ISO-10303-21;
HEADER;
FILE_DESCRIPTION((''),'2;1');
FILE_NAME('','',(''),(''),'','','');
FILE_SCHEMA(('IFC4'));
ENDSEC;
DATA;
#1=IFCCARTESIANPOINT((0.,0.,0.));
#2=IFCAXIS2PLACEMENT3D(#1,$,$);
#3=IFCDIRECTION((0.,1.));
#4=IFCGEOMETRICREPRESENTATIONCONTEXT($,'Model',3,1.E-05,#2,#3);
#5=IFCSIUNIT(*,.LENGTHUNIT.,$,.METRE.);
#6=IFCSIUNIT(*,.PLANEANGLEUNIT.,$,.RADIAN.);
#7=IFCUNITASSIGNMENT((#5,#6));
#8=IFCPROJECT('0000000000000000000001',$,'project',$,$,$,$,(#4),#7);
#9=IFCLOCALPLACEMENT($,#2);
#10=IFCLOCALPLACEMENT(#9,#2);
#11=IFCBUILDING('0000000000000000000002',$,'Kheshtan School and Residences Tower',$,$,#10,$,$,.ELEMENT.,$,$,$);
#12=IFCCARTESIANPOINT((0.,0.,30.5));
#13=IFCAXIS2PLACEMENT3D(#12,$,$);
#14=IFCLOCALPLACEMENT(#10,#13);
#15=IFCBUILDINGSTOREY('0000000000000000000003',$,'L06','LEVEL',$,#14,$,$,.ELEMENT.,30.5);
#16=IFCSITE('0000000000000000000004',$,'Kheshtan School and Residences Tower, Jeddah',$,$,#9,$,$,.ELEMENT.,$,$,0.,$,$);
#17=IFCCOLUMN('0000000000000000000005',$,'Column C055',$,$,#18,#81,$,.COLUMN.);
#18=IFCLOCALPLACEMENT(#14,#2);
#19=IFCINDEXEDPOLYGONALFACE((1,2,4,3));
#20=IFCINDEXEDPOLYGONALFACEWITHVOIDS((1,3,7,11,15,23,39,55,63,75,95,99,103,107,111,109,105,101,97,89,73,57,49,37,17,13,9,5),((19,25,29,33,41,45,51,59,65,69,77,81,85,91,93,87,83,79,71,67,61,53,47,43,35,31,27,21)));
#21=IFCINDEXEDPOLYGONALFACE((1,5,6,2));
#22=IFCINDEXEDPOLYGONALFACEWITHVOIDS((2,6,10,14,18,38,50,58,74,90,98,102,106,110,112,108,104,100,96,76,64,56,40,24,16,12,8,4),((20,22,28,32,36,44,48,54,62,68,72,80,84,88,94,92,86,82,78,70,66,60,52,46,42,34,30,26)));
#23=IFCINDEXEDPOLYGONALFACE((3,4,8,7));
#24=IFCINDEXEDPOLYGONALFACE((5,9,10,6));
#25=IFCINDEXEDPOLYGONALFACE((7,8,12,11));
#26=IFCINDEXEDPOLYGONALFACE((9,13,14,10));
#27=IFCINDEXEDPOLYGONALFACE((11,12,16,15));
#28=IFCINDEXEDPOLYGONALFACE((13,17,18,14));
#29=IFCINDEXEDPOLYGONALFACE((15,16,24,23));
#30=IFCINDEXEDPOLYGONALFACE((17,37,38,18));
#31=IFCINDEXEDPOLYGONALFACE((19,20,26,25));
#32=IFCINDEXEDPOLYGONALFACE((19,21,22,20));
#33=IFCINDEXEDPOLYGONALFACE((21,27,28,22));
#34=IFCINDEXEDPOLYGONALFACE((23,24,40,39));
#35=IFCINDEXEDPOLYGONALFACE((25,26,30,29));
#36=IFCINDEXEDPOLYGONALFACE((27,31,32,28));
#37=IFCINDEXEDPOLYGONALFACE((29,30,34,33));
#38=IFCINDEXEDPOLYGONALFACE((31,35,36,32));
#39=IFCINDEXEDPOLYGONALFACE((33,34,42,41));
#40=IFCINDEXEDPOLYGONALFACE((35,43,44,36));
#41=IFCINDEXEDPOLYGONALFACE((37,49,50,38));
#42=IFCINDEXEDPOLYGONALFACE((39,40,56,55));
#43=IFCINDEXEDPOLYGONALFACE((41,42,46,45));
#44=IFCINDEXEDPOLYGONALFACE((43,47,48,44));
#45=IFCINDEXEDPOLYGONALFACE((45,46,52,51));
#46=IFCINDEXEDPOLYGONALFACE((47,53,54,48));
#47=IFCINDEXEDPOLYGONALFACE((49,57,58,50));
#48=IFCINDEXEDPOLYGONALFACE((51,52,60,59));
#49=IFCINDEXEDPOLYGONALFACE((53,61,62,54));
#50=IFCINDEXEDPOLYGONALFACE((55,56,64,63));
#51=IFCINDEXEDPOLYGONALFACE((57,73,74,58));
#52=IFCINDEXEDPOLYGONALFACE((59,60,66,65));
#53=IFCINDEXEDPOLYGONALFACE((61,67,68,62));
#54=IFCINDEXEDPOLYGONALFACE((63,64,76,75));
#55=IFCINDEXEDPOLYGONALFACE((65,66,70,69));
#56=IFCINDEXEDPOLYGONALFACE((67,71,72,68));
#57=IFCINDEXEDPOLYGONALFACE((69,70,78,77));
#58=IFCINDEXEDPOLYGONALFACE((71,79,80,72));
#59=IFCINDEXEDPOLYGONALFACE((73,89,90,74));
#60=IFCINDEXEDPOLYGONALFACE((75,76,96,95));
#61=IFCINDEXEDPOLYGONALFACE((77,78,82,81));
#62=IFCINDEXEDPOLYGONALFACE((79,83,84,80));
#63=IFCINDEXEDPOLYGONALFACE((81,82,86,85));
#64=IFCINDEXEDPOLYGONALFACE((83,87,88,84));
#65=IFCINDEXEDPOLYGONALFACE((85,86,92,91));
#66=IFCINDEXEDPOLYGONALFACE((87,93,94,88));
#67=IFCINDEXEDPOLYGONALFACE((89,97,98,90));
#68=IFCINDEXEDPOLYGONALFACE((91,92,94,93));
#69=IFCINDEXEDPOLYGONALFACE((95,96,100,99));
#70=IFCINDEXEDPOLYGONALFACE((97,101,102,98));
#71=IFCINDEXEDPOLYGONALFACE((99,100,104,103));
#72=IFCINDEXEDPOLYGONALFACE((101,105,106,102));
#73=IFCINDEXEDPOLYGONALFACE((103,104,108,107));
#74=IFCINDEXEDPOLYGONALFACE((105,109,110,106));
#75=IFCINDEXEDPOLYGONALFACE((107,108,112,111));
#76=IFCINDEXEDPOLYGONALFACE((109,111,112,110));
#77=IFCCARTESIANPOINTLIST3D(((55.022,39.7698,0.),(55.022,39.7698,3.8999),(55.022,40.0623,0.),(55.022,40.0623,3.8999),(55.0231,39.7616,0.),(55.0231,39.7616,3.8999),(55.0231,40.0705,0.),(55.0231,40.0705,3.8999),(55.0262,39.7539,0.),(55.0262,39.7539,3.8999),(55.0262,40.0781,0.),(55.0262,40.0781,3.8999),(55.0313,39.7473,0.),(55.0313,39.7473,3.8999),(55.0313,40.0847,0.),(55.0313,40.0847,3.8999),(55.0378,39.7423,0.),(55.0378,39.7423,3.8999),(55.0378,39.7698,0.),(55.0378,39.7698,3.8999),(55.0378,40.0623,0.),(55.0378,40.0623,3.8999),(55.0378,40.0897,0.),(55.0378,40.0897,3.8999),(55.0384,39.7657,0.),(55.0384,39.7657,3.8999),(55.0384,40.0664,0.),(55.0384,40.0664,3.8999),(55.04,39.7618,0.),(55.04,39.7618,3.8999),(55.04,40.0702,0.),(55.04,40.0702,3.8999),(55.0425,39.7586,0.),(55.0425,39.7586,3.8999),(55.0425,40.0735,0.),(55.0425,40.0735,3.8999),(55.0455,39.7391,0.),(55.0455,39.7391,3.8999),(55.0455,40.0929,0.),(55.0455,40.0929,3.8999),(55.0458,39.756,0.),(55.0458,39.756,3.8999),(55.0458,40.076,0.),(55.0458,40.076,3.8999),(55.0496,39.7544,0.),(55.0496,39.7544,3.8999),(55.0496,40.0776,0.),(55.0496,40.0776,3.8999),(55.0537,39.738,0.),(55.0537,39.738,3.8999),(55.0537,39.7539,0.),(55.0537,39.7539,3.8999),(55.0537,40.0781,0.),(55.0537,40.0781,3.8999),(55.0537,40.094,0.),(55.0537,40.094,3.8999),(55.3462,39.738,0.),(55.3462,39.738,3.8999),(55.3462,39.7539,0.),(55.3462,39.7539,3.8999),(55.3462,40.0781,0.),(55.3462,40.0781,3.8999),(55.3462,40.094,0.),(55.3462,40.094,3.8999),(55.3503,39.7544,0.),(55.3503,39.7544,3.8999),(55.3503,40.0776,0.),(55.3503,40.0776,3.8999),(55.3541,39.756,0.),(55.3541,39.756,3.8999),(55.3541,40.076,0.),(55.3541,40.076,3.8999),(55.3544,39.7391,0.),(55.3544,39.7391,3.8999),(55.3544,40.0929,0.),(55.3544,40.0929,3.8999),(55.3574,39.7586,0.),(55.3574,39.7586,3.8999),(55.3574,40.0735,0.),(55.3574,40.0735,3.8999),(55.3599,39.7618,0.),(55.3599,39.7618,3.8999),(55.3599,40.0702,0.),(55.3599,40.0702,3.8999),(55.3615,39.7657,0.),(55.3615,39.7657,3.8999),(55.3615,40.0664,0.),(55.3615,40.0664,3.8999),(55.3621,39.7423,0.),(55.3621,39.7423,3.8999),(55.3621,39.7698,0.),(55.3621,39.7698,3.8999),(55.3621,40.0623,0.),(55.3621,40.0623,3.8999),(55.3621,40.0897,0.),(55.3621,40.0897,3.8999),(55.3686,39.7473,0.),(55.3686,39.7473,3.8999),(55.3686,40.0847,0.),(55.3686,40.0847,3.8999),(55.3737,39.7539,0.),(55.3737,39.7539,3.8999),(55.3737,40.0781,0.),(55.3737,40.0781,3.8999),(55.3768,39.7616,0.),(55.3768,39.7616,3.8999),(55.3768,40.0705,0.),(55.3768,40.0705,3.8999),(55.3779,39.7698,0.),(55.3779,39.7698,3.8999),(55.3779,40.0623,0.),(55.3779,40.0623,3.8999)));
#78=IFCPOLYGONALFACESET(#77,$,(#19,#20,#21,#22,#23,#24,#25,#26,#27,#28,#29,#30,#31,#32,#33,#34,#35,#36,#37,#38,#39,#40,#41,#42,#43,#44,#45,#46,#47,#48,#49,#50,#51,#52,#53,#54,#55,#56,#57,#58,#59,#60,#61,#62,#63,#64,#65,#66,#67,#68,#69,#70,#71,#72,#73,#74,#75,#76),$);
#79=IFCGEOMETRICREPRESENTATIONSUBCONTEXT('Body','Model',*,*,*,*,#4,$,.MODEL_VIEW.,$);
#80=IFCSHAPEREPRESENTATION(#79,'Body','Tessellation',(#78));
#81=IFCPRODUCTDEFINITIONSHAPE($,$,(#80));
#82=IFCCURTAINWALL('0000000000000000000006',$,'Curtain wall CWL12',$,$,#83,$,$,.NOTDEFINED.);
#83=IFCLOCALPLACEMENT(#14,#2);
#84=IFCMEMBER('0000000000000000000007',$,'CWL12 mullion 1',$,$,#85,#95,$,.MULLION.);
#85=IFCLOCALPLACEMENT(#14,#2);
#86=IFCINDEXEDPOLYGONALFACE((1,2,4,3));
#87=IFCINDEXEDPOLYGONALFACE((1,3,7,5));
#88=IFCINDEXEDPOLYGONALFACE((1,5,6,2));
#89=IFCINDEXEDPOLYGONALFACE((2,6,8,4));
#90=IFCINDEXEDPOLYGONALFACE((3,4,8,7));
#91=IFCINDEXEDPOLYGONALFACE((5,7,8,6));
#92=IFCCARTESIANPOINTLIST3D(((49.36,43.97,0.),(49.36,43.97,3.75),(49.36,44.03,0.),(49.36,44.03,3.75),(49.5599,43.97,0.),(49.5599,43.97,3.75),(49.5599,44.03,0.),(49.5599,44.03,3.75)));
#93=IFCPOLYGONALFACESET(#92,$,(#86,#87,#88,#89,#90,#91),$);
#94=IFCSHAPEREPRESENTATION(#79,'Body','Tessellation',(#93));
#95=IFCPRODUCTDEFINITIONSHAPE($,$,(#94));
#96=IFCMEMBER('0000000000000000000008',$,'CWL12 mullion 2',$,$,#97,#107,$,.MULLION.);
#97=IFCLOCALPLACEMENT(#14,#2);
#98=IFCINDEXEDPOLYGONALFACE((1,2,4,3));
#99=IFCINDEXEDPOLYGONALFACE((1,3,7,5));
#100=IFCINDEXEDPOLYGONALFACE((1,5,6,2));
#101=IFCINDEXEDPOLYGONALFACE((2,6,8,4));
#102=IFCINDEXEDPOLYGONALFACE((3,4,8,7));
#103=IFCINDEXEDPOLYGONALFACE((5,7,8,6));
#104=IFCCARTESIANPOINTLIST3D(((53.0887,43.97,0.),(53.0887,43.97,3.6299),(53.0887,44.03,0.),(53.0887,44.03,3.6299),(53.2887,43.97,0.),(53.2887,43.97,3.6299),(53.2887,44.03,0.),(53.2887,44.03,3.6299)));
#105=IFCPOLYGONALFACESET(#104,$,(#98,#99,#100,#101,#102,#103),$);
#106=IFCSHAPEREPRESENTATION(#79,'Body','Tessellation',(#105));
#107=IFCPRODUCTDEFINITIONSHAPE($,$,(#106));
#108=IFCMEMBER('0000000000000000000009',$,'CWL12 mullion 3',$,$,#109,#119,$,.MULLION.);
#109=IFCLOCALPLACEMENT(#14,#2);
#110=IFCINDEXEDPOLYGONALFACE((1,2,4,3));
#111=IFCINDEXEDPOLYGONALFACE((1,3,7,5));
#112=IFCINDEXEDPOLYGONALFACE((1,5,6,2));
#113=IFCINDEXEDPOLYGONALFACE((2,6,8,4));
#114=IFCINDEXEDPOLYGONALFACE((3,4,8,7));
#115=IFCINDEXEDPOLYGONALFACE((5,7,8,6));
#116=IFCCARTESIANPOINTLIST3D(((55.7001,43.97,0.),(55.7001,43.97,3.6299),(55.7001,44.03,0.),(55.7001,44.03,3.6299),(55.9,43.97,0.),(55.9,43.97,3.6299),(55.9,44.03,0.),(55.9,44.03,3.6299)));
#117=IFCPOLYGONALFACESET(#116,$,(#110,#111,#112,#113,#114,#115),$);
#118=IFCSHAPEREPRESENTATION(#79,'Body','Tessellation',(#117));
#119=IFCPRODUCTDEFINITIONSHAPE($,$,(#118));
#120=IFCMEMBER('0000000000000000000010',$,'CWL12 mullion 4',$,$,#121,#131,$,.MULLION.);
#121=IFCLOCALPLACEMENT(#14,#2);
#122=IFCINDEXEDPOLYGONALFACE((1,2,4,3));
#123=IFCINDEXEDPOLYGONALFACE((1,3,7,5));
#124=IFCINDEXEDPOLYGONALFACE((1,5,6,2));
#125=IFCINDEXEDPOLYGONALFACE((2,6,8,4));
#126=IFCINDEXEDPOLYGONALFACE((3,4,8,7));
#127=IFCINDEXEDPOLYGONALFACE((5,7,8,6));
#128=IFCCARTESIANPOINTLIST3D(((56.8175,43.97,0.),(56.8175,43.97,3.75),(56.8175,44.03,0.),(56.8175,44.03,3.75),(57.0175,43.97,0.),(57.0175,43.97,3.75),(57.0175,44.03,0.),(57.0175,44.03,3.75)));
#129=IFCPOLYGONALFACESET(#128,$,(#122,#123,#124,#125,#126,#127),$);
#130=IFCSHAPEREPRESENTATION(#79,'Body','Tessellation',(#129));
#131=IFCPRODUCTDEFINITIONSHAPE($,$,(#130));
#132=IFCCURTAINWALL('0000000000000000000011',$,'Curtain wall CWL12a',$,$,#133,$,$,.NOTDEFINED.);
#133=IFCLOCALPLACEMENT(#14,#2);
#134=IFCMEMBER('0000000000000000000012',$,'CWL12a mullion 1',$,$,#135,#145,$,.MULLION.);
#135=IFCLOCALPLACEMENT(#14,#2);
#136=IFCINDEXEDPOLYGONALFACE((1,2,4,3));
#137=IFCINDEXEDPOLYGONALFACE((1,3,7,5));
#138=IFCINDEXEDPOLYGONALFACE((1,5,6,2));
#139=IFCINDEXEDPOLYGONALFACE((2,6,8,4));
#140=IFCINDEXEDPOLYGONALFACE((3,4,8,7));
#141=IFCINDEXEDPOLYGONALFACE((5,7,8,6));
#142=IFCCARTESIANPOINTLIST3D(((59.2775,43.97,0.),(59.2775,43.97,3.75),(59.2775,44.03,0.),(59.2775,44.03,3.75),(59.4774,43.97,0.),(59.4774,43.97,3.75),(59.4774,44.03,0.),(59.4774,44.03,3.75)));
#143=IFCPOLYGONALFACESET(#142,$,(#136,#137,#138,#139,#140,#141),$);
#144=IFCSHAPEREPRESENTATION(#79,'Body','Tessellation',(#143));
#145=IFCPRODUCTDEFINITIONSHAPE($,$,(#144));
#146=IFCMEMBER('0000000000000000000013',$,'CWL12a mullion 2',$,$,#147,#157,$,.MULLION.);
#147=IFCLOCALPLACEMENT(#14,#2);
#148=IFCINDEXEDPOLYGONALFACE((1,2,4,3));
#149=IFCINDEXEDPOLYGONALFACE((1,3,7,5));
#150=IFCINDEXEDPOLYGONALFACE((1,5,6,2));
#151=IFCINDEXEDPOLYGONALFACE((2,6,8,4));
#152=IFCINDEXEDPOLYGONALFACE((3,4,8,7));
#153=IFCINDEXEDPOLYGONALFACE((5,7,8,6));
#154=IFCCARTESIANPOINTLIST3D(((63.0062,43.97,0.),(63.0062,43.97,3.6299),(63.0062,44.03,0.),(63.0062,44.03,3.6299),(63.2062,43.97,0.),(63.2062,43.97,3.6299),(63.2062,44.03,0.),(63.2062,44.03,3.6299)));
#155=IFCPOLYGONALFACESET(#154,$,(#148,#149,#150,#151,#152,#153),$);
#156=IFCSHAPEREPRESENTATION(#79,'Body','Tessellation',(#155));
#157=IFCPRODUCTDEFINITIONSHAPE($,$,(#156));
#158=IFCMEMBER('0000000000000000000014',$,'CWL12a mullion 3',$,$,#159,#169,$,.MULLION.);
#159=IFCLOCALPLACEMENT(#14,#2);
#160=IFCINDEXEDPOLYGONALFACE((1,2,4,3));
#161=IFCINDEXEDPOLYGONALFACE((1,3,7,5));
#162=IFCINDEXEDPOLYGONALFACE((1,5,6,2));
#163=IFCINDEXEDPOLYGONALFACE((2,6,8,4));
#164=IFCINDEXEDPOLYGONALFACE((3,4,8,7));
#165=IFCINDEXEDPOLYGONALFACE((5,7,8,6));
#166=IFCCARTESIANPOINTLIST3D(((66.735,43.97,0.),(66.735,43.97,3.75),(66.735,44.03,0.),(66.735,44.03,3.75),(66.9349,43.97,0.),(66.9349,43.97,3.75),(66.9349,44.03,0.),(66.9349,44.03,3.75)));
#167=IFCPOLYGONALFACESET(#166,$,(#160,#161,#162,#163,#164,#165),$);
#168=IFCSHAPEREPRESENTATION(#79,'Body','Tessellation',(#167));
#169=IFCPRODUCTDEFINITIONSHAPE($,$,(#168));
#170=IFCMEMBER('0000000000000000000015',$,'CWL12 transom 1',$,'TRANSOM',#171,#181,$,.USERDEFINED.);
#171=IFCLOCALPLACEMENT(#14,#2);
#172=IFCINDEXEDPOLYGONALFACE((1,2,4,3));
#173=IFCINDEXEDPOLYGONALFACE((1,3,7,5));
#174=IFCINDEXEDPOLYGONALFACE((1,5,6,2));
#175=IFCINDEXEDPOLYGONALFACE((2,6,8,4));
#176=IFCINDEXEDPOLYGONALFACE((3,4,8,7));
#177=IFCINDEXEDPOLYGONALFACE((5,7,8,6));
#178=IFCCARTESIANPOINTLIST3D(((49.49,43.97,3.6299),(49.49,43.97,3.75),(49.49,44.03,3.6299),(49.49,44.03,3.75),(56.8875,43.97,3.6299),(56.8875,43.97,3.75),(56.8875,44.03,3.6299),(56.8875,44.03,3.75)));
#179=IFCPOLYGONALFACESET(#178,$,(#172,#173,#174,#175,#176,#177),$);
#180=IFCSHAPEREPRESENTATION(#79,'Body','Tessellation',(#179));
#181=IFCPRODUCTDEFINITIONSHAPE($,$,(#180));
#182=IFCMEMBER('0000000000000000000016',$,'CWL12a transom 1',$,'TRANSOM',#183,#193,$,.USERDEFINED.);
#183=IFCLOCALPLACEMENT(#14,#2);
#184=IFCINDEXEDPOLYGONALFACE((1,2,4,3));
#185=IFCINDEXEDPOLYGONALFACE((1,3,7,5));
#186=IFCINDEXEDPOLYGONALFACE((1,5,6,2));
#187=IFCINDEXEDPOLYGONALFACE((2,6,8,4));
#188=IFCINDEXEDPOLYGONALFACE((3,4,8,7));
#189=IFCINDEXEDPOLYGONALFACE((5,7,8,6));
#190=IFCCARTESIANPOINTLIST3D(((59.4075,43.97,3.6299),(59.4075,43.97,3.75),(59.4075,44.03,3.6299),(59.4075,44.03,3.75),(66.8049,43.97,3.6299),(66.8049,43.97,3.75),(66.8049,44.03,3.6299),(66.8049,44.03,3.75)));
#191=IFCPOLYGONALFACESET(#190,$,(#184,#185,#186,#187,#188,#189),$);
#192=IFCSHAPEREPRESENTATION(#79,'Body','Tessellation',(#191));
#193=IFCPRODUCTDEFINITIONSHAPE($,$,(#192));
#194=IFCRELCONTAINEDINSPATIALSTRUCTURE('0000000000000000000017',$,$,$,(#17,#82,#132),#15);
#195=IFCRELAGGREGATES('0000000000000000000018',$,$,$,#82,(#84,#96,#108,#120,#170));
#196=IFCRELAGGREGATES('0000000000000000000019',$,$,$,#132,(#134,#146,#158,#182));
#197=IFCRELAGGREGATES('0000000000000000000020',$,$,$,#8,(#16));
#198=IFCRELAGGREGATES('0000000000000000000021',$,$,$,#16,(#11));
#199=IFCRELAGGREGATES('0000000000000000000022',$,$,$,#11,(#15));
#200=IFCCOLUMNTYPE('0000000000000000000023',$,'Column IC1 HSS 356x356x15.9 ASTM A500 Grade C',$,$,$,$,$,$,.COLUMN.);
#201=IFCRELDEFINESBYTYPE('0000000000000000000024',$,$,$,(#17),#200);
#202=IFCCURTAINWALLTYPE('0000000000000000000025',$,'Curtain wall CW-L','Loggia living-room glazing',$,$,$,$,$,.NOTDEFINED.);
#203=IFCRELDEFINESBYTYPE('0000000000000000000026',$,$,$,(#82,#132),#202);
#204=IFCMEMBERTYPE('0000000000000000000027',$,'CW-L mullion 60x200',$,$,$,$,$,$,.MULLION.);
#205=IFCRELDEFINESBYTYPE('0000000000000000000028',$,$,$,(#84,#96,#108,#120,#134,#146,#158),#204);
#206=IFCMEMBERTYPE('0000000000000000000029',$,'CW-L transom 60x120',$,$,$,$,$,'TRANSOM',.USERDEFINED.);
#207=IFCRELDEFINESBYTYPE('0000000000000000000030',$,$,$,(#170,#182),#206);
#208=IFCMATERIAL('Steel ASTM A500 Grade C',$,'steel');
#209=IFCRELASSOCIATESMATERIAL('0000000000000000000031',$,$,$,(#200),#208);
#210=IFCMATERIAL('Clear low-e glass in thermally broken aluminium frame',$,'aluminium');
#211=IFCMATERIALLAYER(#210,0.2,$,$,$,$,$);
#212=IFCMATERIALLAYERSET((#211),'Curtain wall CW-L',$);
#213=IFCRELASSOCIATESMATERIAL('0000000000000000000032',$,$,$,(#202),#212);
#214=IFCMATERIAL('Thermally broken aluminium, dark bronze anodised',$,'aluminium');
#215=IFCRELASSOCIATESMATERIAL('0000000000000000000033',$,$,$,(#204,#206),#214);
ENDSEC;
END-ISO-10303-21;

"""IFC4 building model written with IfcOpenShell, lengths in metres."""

from ifc_helpers import new_model, si_unit, direction, frame, origin, origin_2d, place, context, subcontext, project, spatial, rectangle, hollow_rectangle, extrude, material, layer, layer_set, material_profile, profile_set, type_object, element, aggregate, save


model = new_model("IFC4")

# Units and contexts
model_context = context("Model", 3, precision=1e-05, world=origin(), true_north=direction((0.0, 1.0)))
body_context = subcontext(model_context, "Body", "Model", "MODEL_VIEW")
ifc_project = project(units=[si_unit("LENGTHUNIT", "METRE"), si_unit("PLANEANGLEUNIT", "RADIAN")], contexts=[model_context])

# Site, building, storey
site_placement = place(None, origin())
site = spatial("IfcSite", under=ifc_project, at=site_placement, Name="Kheshtan School and Residences Tower, Jeddah", CompositionType="ELEMENT", RefElevation=0.0)
building_placement = place(site_placement, origin())
building = spatial("IfcBuilding", under=site, at=building_placement, Name="Kheshtan School and Residences Tower", CompositionType="ELEMENT")
storey_placement = place(building_placement, frame((0.0, 0.0, 30.5)))
storey = spatial("IfcBuildingStorey", under=building, at=storey_placement, Name="L06", Description="LEVEL", CompositionType="ELEMENT", Elevation=30.5)

# Column
ifc_material_1 = material(Name="Steel ASTM A500 Grade C", Category="steel")
ifc_material_profile_1 = material_profile(ifc_material_1, hollow_rectangle(XDim=0.356, YDim=0.356, WallThickness=0.0159, InnerFilletRadius=0.0159, OuterFilletRadius=0.0317, at=origin_2d()), Name="HSS 356x356x15.9")
ifc_profile_set_1 = profile_set([ifc_material_profile_1], Name="Steel ASTM A500 Grade C")
column_type = type_object("IfcColumnType", Name="Column IC1 HSS 356x356x15.9 ASTM A500 Grade C", PredefinedType="COLUMN", material=ifc_profile_set_1)
column_placement = place(storey_placement, frame((55.2, 39.916, 0.0), z_axis=(0.0, 0.0, 1.0), x_axis=(1.0, 0.0, 0.0)))
element("IfcColumn", 1, at=column_placement, inside=storey, type_object=column_type, Name="Column C055", PredefinedType="COLUMN", context=body_context, shape_type="SweptSolid", body=[
    extrude(hollow_rectangle(XDim=0.356, YDim=0.356, WallThickness=0.0159, InnerFilletRadius=0.0159, OuterFilletRadius=0.0317, at=origin_2d()), origin(), (0.0, 0.0, 1.0), 3.8999),
])

# Curtain walls, members
ifc_material_2 = material(Name="Clear low-e glass in thermally broken aluminium frame", Category="aluminium")
ifc_layer_1 = layer(ifc_material_2, 0.2)
ifc_layer_set_1 = layer_set([ifc_layer_1], Name="Curtain wall CW-L")
curtain_wall_type = type_object("IfcCurtainWallType", Name="Curtain wall CW-L", Description="Loggia living-room glazing", PredefinedType="NOTDEFINED", material=ifc_layer_set_1)
curtain_wall_1_placement = place(storey_placement, origin())
curtain_wall_1 = element("IfcCurtainWall", 2, at=curtain_wall_1_placement, inside=storey, type_object=curtain_wall_type, Name="Curtain wall CWL12", PredefinedType="NOTDEFINED")
ifc_material_3 = material(Name="Thermally broken aluminium, dark bronze anodised", Category="aluminium")
ifc_material_profile_2 = material_profile(ifc_material_3, rectangle(XDim=0.0601, YDim=0.2, at=origin_2d()), Name="CW-L mullion 60x200")
ifc_profile_set_2 = profile_set([ifc_material_profile_2], Name="Thermally broken aluminium, dark bronze anodised")
member_type_1 = type_object("IfcMemberType", Name="CW-L mullion 60x200", PredefinedType="MULLION", material=ifc_profile_set_2)
member_1_placement = place(storey_placement, frame((49.46, 44.0, 0.0), z_axis=(0.0, 0.0, 1.0), x_axis=(0.0, 1.0, 0.0)))
member_1 = element("IfcMember", 3, at=member_1_placement, type_object=member_type_1, Name="CWL12 mullion 1", PredefinedType="MULLION", context=body_context, shape_type="SweptSolid", body=[
    extrude(rectangle(XDim=0.0601, YDim=0.2, at=origin_2d()), origin(), (0.0, 0.0, 1.0), 3.75),
])
member_2_placement = place(storey_placement, frame((53.1887, 44.0, 0.0), z_axis=(0.0, 0.0, 1.0), x_axis=(0.0, 1.0, 0.0)))
member_2 = element("IfcMember", 4, at=member_2_placement, type_object=member_type_1, Name="CWL12 mullion 2", PredefinedType="MULLION", context=body_context, shape_type="SweptSolid", body=[
    extrude(rectangle(XDim=0.0601, YDim=0.2, at=origin_2d()), origin(), (0.0, 0.0, 1.0), 3.6299),
])
member_3_placement = place(storey_placement, frame((55.8, 44.0, 0.0), z_axis=(0.0, 0.0, 1.0), x_axis=(0.0, 1.0, 0.0)))
member_3 = element("IfcMember", 5, at=member_3_placement, type_object=member_type_1, Name="CWL12 mullion 3", PredefinedType="MULLION", context=body_context, shape_type="SweptSolid", body=[
    extrude(rectangle(XDim=0.0601, YDim=0.2, at=origin_2d()), origin(), (0.0, 0.0, 1.0), 3.6299),
])
member_4_placement = place(storey_placement, frame((56.9175, 44.0, 0.0), z_axis=(0.0, 0.0, 1.0), x_axis=(0.0, 1.0, 0.0)))
member_4 = element("IfcMember", 6, at=member_4_placement, type_object=member_type_1, Name="CWL12 mullion 4", PredefinedType="MULLION", context=body_context, shape_type="SweptSolid", body=[
    extrude(rectangle(XDim=0.0601, YDim=0.2, at=origin_2d()), origin(), (0.0, 0.0, 1.0), 3.75),
])
curtain_wall_2_placement = place(storey_placement, origin())
curtain_wall_2 = element("IfcCurtainWall", 7, at=curtain_wall_2_placement, inside=storey, type_object=curtain_wall_type, Name="Curtain wall CWL12a", PredefinedType="NOTDEFINED")
member_5_placement = place(storey_placement, frame((59.3774, 44.0, 0.0), z_axis=(0.0, 0.0, 1.0), x_axis=(0.0, 1.0, 0.0)))
member_5 = element("IfcMember", 8, at=member_5_placement, type_object=member_type_1, Name="CWL12a mullion 1", PredefinedType="MULLION", context=body_context, shape_type="SweptSolid", body=[
    extrude(rectangle(XDim=0.0601, YDim=0.2, at=origin_2d()), origin(), (0.0, 0.0, 1.0), 3.75),
])
member_6_placement = place(storey_placement, frame((63.1062, 44.0, 0.0), z_axis=(0.0, 0.0, 1.0), x_axis=(0.0, 1.0, 0.0)))
member_6 = element("IfcMember", 9, at=member_6_placement, type_object=member_type_1, Name="CWL12a mullion 2", PredefinedType="MULLION", context=body_context, shape_type="SweptSolid", body=[
    extrude(rectangle(XDim=0.0601, YDim=0.2, at=origin_2d()), origin(), (0.0, 0.0, 1.0), 3.6299),
])
member_7_placement = place(storey_placement, frame((66.835, 44.0, 0.0), z_axis=(0.0, 0.0, 1.0), x_axis=(0.0, 1.0, 0.0)))
member_7 = element("IfcMember", 10, at=member_7_placement, type_object=member_type_1, Name="CWL12a mullion 3", PredefinedType="MULLION", context=body_context, shape_type="SweptSolid", body=[
    extrude(rectangle(XDim=0.0601, YDim=0.2, at=origin_2d()), origin(), (0.0, 0.0, 1.0), 3.75),
])

# Members
ifc_material_profile_3 = material_profile(ifc_material_3, rectangle(XDim=0.0601, YDim=0.1201, at=origin_2d()), Name="CW-L transom 60x120")
ifc_profile_set_3 = profile_set([ifc_material_profile_3], Name="Thermally broken aluminium, dark bronze anodised")
member_type_2 = type_object("IfcMemberType", Name="CW-L transom 60x120", ElementType="TRANSOM", PredefinedType="USERDEFINED", material=ifc_profile_set_3)
member_8_placement = place(storey_placement, frame((49.49, 44.0, 3.6899), z_axis=(1.0, 0.0, 0.0), x_axis=(0.0, 1.0, 0.0)))
member_8 = element("IfcMember", 11, at=member_8_placement, type_object=member_type_2, Name="CWL12 transom 1", ObjectType="TRANSOM", PredefinedType="USERDEFINED", context=body_context, shape_type="SweptSolid", body=[
    extrude(rectangle(XDim=0.0601, YDim=0.1201, at=origin_2d()), origin(), (0.0, 0.0, 1.0), 7.3975),
])
member_9_placement = place(storey_placement, frame((59.4075, 44.0, 3.6899), z_axis=(1.0, 0.0, 0.0), x_axis=(0.0, 1.0, 0.0)))
member_9 = element("IfcMember", 12, at=member_9_placement, type_object=member_type_2, Name="CWL12a transom 1", ObjectType="TRANSOM", PredefinedType="USERDEFINED", context=body_context, shape_type="SweptSolid", body=[
    extrude(rectangle(XDim=0.0601, YDim=0.1201, at=origin_2d()), origin(), (0.0, 0.0, 1.0), 7.3975),
])

aggregate(curtain_wall_1, [member_1, member_2, member_3, member_4, member_8])
aggregate(curtain_wall_2, [member_5, member_6, member_7, member_9])

save(model, "model.ifc")
